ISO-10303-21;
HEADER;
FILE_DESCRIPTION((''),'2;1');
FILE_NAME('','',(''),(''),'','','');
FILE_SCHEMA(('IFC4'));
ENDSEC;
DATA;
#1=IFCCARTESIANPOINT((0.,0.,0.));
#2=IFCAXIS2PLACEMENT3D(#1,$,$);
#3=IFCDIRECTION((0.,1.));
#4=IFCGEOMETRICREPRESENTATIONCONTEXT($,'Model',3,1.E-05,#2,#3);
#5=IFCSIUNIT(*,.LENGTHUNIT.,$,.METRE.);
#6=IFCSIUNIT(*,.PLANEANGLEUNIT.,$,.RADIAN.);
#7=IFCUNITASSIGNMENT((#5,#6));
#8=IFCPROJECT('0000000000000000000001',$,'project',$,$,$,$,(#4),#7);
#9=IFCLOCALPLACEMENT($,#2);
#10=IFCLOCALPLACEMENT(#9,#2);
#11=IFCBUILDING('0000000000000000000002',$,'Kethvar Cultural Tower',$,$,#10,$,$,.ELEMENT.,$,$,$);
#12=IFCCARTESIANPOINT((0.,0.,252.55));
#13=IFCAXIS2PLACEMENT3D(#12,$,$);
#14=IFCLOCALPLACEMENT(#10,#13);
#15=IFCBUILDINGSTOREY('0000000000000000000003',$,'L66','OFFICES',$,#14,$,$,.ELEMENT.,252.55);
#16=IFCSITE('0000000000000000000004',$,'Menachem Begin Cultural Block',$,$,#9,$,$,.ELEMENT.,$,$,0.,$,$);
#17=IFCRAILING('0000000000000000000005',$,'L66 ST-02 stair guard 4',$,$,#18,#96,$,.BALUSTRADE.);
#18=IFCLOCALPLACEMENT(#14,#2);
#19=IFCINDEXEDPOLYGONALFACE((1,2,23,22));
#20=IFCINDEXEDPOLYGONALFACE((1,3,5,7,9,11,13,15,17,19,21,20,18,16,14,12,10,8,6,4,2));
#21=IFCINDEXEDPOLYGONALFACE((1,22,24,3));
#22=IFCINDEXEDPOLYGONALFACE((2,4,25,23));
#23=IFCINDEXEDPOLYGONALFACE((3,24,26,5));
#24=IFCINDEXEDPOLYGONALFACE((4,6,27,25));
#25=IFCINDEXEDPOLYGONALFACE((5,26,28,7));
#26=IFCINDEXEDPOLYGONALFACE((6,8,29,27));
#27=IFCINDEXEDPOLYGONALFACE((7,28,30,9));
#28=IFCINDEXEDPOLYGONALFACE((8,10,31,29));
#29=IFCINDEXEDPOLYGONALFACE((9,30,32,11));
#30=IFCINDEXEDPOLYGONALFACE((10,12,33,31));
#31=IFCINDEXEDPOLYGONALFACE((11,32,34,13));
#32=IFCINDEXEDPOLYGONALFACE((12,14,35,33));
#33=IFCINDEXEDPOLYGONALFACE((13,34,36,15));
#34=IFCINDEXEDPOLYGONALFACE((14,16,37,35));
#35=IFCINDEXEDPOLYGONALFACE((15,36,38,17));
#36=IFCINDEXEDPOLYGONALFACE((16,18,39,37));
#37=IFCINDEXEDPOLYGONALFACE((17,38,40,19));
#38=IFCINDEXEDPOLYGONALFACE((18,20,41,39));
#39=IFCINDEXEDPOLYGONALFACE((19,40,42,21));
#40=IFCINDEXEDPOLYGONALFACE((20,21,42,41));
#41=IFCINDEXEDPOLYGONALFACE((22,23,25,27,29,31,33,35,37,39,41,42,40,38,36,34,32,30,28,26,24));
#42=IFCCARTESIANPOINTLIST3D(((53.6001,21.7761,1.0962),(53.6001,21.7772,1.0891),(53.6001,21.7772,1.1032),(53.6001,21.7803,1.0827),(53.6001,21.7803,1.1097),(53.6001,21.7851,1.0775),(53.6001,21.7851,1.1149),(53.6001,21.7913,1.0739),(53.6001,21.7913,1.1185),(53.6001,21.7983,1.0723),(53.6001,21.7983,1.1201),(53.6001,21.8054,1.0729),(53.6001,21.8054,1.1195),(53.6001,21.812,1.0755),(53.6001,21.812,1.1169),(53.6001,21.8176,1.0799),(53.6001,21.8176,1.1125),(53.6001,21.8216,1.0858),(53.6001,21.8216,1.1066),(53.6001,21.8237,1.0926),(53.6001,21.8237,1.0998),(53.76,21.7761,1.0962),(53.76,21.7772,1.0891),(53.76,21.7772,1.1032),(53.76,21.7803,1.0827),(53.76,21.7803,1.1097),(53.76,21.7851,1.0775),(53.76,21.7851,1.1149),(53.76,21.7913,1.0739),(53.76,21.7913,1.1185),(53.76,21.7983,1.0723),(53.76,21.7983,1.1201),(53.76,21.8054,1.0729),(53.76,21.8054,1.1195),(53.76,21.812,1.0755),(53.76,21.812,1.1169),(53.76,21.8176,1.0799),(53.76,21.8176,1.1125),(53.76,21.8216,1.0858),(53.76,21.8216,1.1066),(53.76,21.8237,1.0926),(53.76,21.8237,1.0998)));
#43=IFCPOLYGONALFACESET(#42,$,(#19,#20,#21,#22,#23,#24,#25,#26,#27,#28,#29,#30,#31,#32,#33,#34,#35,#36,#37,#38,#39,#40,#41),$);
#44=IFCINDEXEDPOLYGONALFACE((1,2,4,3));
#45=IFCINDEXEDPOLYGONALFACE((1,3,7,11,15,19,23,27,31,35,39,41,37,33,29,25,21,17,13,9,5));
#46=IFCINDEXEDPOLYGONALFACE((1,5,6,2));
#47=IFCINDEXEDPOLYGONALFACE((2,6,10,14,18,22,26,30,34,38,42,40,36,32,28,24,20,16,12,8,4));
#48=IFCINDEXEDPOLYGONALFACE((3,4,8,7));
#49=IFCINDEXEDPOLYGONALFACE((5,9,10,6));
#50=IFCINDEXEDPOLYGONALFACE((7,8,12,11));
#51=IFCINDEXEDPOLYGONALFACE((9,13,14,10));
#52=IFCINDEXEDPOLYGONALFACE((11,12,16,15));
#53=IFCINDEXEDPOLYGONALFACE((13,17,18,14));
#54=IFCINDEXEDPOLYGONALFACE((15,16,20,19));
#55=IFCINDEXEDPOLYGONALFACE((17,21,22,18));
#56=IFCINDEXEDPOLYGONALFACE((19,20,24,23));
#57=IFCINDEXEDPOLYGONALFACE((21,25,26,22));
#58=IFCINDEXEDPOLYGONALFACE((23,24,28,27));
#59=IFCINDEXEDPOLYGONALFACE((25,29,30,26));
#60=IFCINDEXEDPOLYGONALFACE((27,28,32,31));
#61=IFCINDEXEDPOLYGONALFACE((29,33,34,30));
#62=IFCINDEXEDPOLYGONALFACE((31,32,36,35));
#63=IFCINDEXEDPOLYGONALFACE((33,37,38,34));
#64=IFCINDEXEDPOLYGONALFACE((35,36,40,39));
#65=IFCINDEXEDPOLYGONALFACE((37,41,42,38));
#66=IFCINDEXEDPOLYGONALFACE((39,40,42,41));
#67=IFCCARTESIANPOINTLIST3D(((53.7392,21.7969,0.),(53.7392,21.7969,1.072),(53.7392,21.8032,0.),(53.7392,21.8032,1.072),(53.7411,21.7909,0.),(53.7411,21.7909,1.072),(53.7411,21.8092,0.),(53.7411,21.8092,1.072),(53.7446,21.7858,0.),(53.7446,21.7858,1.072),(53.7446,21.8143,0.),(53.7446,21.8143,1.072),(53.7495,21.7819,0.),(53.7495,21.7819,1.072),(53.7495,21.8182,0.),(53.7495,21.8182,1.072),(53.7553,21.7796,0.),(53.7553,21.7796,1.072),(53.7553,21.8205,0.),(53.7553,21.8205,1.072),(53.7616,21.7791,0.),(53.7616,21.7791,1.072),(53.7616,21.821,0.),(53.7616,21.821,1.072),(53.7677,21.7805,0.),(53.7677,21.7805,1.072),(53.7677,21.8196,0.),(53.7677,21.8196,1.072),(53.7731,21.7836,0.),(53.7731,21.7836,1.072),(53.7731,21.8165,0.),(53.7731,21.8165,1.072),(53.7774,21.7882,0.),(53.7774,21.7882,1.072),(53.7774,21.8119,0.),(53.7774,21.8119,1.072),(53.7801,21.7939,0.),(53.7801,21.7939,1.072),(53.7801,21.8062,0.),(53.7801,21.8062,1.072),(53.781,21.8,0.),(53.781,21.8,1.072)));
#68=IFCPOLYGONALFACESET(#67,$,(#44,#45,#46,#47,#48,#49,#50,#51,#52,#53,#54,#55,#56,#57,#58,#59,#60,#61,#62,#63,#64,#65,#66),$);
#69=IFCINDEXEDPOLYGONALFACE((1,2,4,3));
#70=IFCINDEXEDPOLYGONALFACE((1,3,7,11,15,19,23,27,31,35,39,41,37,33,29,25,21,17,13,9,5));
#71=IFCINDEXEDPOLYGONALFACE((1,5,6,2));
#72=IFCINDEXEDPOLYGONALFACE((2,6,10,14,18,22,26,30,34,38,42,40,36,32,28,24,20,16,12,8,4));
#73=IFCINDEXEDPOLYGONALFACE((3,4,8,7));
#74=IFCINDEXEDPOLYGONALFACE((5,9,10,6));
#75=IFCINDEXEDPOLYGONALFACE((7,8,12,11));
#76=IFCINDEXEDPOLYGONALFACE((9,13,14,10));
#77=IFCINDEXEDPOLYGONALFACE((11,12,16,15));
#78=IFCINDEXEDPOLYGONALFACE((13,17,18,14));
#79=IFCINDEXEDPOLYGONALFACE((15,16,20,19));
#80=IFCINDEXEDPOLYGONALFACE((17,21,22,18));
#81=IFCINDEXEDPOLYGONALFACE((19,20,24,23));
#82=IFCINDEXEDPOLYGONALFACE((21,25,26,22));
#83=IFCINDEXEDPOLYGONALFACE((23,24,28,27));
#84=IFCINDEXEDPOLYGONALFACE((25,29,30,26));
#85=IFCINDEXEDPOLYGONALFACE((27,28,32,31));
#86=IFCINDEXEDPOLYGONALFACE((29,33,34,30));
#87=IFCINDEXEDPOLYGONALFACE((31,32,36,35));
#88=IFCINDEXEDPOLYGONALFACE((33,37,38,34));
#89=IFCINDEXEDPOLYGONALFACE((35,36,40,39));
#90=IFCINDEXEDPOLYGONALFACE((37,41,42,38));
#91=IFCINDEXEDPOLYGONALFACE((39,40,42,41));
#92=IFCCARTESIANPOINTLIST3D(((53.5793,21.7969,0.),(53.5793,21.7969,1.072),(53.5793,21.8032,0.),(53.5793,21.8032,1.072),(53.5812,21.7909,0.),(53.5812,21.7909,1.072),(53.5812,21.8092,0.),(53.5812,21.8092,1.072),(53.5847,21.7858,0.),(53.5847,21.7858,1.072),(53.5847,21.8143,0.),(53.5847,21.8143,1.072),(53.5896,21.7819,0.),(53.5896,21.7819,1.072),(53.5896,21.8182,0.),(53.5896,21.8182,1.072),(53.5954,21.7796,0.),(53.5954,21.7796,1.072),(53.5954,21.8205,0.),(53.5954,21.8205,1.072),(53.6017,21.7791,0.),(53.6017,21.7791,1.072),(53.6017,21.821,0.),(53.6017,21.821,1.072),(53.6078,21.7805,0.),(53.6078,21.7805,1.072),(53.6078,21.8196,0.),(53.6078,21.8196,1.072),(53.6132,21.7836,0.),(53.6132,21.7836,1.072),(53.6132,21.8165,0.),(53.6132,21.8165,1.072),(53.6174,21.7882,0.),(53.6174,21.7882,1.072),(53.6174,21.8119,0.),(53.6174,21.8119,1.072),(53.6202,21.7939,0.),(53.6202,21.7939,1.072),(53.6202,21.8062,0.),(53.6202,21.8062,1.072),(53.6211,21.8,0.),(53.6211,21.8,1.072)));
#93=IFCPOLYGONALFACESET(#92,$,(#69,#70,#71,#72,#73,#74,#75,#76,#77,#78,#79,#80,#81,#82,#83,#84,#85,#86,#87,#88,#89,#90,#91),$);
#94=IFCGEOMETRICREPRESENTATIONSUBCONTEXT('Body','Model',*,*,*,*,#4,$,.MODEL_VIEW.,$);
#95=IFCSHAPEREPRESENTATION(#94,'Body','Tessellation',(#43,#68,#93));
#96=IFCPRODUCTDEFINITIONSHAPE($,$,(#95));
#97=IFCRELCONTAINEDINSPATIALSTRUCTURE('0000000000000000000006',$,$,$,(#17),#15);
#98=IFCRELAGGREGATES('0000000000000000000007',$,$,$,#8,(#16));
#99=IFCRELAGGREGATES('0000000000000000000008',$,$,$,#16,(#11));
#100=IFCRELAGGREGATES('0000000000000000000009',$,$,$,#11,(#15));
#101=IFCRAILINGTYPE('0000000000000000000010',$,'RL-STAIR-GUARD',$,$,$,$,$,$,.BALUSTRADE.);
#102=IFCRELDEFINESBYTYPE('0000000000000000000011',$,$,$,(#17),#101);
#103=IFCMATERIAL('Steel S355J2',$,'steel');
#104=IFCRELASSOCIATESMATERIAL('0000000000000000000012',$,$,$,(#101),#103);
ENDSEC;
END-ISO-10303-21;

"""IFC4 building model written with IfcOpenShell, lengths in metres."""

from ifc_helpers import new_model, si_unit, direction, frame, origin, origin_2d, place, context, subcontext, project, spatial, circle, extrude, material, type_object, element, save


model = new_model("IFC4")

# Units and contexts
model_context = context("Model", 3, precision=1e-05, world=origin(), true_north=direction((0.0, 1.0)))
body_context = subcontext(model_context, "Body", "Model", "MODEL_VIEW")
ifc_project = project(units=[si_unit("LENGTHUNIT", "METRE"), si_unit("PLANEANGLEUNIT", "RADIAN")], contexts=[model_context])

# Site, building, storey
site_placement = place(None, origin())
site = spatial("IfcSite", under=ifc_project, at=site_placement, Name="Menachem Begin Cultural Block", CompositionType="ELEMENT", RefElevation=0.0)
building_placement = place(site_placement, origin())
building = spatial("IfcBuilding", under=site, at=building_placement, Name="Kethvar Cultural Tower", CompositionType="ELEMENT")
storey_placement = place(building_placement, frame((0.0, 0.0, 252.55)))
storey = spatial("IfcBuildingStorey", under=building, at=storey_placement, Name="L66", Description="OFFICES", CompositionType="ELEMENT", Elevation=252.55)

# Shared definitions
ifc_material_1 = material(Name="Steel S355J2", Category="steel")

# Railing
railing_type_1 = type_object("IfcRailingType", Name="RL-STAIR-GUARD", PredefinedType="BALUSTRADE", material=ifc_material_1)
railing_1_placement = place(storey_placement, frame((53.76, 21.8, 0.0)))
element("IfcRailing", 1, at=railing_1_placement, inside=storey, type_object=railing_type_1, Name="L66 ST-02 stair guard 4", PredefinedType="BALUSTRADE", context=body_context, shape_type="SweptSolid", body=[
    extrude(circle(Radius=0.0239, at=origin_2d()), frame((0.0, 0.0, 1.0962), z_axis=(-1.0, 0.0, 0.0), x_axis=(0.0, -1.0, 0.0)), (0.0, 0.0, 1.0), 0.1599),
    extrude(circle(Radius=0.021, at=origin_2d()), origin(), (0.0, 0.0, 1.0), 1.072),
    extrude(circle(Radius=0.021, at=origin_2d()), frame((-0.1599, 0.0, 0.0)), (0.0, 0.0, 1.0), 1.072),
])

save(model, "model.ifc")
